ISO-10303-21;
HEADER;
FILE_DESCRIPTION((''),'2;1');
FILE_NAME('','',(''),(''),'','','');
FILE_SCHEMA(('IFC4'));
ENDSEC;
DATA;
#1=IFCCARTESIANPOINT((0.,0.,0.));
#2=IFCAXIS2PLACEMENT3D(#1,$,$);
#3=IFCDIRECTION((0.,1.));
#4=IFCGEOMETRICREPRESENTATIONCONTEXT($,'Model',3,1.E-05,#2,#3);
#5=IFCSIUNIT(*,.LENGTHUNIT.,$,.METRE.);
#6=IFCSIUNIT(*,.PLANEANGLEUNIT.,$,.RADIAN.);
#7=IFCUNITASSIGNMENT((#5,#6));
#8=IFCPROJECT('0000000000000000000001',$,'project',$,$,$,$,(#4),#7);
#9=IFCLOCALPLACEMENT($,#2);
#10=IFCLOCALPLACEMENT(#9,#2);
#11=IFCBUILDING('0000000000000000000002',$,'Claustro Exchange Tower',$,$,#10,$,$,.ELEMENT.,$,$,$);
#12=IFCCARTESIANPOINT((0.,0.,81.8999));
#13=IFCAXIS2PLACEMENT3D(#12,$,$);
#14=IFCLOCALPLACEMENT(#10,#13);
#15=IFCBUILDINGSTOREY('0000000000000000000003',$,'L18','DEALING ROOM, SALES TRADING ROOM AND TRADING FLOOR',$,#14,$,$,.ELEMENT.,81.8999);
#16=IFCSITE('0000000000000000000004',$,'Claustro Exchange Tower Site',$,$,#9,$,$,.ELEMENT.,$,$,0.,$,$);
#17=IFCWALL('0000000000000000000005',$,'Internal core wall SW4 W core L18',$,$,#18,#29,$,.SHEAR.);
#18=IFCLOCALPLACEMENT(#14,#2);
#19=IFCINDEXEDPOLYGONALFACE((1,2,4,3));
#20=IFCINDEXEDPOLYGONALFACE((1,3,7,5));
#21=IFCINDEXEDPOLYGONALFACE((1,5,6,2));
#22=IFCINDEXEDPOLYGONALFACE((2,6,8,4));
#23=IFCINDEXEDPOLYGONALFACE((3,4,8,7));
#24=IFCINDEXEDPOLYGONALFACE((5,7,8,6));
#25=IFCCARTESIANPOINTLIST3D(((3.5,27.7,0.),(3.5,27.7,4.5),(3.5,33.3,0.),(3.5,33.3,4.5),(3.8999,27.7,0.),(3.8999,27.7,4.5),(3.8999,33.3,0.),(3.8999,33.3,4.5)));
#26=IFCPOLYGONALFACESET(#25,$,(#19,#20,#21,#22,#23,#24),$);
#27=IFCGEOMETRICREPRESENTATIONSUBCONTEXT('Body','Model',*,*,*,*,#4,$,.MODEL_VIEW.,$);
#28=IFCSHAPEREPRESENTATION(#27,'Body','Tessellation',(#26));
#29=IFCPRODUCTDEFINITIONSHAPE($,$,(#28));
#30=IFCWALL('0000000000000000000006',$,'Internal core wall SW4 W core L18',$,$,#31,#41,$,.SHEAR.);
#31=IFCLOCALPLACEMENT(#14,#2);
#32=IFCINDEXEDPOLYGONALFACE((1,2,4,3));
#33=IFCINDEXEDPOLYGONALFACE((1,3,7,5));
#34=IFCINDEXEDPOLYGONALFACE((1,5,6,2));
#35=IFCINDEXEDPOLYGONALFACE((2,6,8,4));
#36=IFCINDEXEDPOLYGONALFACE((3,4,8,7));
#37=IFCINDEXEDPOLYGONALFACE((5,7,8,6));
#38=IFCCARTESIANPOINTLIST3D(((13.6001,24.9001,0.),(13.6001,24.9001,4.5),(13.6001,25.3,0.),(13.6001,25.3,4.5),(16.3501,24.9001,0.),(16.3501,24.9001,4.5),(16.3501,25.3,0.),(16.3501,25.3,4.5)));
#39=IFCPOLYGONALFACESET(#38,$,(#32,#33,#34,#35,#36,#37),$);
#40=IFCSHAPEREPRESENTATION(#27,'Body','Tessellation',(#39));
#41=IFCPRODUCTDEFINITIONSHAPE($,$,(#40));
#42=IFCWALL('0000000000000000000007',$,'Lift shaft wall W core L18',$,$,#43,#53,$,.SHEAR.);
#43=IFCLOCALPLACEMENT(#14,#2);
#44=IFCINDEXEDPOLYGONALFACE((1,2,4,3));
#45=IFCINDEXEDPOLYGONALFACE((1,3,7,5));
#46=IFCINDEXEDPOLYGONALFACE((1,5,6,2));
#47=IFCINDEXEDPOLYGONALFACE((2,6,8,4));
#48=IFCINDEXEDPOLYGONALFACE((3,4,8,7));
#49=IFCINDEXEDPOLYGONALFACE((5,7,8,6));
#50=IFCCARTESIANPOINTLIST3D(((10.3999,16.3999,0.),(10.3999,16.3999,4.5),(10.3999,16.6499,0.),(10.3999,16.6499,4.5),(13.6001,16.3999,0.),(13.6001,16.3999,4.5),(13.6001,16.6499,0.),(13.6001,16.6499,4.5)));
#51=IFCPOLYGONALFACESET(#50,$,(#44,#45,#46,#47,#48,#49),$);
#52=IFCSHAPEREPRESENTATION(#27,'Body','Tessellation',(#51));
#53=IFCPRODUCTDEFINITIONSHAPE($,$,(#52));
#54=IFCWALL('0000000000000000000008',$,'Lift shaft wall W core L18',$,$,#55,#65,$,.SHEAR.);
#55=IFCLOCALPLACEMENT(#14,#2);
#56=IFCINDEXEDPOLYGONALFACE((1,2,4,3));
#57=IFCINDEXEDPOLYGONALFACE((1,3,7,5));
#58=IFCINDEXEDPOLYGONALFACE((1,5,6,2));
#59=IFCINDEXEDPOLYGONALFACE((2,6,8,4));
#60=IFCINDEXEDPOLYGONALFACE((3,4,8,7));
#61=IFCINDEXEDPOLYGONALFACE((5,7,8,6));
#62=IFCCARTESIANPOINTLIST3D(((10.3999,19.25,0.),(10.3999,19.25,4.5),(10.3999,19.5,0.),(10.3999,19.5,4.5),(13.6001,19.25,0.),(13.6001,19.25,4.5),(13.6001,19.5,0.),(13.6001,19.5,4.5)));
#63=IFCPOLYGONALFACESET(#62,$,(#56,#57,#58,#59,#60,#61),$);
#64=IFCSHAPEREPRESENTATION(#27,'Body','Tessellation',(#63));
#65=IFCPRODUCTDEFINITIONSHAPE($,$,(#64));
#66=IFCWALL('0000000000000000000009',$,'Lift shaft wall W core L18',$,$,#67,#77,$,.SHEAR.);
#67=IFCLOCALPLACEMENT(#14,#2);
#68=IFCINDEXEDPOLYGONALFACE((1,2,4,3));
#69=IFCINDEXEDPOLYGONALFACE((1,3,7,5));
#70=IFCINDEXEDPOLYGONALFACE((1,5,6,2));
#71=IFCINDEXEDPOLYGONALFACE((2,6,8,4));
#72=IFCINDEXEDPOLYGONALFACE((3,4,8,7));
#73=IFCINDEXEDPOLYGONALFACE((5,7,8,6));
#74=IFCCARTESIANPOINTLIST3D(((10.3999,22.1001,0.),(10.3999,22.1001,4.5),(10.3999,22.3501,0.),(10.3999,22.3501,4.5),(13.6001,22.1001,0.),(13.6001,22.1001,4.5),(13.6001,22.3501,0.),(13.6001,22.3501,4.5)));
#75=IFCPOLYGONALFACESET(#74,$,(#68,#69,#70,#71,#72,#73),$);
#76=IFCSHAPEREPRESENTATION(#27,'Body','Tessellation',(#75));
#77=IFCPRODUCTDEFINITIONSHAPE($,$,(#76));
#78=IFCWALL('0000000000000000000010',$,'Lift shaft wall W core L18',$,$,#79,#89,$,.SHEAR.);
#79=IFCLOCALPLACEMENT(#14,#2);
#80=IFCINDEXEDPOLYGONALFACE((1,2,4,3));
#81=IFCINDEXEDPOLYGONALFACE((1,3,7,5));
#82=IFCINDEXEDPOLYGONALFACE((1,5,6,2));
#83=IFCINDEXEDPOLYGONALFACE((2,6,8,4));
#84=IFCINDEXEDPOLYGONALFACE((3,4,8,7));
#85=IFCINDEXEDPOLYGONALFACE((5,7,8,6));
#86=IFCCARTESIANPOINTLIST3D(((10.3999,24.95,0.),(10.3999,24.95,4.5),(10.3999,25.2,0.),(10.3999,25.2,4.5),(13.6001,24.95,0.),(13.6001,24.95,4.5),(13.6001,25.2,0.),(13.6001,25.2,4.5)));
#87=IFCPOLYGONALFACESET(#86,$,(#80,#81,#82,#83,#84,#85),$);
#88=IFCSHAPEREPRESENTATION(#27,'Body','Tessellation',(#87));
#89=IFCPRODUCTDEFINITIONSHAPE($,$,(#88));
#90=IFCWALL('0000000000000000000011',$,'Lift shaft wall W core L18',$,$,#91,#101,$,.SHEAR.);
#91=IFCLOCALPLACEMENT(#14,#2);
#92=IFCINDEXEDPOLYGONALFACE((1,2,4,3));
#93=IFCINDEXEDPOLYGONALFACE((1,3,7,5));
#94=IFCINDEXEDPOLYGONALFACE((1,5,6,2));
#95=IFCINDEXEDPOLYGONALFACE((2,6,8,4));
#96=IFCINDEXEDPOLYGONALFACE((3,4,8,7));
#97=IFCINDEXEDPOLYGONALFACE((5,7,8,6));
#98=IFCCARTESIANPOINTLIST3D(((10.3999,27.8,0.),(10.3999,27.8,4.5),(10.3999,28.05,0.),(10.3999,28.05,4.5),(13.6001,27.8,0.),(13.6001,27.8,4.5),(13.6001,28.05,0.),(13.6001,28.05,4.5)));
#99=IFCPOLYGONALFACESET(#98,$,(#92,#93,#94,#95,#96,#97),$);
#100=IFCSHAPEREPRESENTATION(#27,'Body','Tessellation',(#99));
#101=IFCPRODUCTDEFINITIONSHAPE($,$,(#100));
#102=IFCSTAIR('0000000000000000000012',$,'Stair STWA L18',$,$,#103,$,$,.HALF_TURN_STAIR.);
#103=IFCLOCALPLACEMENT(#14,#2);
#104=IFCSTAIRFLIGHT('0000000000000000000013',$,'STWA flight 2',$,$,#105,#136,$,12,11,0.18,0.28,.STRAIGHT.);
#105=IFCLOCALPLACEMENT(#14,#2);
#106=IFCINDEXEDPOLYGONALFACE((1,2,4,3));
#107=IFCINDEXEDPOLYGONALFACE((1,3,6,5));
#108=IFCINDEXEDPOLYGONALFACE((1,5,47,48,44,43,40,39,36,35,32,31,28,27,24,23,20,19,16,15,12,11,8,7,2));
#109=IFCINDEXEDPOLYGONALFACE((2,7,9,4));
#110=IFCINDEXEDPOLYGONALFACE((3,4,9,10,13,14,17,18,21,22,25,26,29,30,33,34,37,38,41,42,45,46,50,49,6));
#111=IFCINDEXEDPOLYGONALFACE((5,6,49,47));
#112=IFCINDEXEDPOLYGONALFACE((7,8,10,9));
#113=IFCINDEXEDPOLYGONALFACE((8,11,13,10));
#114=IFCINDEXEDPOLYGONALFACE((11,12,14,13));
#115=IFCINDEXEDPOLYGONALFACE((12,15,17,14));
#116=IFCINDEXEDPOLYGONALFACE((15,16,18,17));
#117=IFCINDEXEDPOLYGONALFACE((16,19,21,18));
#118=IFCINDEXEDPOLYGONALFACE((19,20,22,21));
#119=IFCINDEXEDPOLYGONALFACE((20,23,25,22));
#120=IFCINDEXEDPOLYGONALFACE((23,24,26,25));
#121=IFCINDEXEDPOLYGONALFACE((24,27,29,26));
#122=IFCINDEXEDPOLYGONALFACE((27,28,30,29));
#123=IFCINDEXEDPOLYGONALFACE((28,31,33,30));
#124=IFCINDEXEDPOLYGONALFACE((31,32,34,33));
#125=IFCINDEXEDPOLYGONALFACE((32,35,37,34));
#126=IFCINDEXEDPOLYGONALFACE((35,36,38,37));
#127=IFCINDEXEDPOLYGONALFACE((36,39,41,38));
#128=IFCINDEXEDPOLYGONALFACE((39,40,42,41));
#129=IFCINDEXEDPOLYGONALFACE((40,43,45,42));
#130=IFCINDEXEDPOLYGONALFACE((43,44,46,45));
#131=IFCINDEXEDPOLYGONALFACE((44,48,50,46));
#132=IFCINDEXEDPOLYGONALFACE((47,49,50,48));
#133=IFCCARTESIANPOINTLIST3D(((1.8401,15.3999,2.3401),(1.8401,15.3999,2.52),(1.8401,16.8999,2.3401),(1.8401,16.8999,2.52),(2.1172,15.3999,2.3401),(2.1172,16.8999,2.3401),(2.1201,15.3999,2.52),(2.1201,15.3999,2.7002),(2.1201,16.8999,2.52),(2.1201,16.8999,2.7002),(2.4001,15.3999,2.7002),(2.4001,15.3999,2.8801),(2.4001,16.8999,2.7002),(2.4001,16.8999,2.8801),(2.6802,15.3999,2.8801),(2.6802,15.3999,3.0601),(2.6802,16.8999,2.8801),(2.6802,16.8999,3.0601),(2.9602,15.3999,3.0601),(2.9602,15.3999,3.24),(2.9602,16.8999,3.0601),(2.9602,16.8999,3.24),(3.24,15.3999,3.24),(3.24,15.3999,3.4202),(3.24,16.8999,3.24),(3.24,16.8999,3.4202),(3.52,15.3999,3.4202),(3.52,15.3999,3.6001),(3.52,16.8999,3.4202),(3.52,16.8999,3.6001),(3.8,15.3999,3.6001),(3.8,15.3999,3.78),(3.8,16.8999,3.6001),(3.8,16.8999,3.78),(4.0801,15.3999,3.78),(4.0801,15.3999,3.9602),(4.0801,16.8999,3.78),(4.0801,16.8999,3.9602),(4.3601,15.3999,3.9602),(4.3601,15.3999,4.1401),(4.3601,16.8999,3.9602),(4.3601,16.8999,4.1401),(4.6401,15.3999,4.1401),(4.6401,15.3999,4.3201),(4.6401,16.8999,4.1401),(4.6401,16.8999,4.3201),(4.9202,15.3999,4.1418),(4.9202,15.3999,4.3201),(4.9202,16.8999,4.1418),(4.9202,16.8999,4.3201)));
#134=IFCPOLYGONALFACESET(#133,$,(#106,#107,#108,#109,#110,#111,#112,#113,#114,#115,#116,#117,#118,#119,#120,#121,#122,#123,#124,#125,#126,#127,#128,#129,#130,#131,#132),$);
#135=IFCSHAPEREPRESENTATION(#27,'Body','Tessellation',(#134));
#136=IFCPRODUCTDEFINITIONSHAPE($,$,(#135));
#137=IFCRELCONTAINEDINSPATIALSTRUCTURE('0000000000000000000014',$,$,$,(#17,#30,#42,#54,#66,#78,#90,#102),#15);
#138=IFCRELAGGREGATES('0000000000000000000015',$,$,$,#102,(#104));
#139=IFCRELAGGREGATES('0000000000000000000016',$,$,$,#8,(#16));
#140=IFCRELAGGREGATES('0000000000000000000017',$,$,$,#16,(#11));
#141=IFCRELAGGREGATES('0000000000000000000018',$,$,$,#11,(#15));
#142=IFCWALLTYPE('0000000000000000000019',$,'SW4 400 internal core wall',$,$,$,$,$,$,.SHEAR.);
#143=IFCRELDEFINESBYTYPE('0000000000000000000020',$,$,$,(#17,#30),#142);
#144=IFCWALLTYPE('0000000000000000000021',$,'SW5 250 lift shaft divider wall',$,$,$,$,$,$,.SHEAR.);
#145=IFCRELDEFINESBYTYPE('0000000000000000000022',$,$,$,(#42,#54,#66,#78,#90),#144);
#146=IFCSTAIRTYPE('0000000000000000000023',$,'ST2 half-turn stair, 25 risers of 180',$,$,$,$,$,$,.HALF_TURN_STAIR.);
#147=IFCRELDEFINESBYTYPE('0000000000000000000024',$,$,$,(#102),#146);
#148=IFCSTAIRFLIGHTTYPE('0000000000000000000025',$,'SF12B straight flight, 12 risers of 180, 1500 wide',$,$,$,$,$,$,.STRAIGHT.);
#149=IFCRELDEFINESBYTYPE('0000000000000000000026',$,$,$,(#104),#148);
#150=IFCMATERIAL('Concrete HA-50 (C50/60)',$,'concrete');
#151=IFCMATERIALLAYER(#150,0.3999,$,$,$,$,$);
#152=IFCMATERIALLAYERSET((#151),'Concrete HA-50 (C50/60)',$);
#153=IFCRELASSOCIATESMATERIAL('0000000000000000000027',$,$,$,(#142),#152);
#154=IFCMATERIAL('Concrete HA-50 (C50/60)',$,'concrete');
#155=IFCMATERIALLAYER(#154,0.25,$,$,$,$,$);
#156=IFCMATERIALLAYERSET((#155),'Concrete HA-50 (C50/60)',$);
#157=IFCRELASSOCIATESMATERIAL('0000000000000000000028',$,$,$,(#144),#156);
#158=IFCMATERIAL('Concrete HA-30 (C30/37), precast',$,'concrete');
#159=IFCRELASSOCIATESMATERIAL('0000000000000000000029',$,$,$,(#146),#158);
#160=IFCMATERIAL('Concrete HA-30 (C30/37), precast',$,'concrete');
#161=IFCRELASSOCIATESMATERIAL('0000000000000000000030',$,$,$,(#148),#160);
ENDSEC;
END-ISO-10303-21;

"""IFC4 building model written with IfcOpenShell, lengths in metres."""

from ifc_helpers import new_model, si_unit, direction, frame, frame_2d, origin, place, context, subcontext, project, spatial, polyline, rectangle, outline, extrude, material, layer, layer_set, type_object, element, aggregate, save


model = new_model("IFC4")

# Units and contexts
model_context = context("Model", 3, precision=1e-05, world=origin(), true_north=direction((0.0, 1.0)))
body_context = subcontext(model_context, "Body", "Model", "MODEL_VIEW")
ifc_project = project(units=[si_unit("LENGTHUNIT", "METRE"), si_unit("PLANEANGLEUNIT", "RADIAN")], contexts=[model_context])

# Site, building, storey
site_placement = place(None, origin())
site = spatial("IfcSite", under=ifc_project, at=site_placement, Name="Claustro Exchange Tower Site", CompositionType="ELEMENT", RefElevation=0.0)
building_placement = place(site_placement, origin())
building = spatial("IfcBuilding", under=site, at=building_placement, Name="Claustro Exchange Tower", CompositionType="ELEMENT")
storey_placement = place(building_placement, frame((0.0, 0.0, 81.8999)))
storey = spatial("IfcBuildingStorey", under=building, at=storey_placement, Name="L18", Description="DEALING ROOM, SALES TRADING ROOM AND TRADING FLOOR", CompositionType="ELEMENT", Elevation=81.8999)

# Walls
ifc_material_1 = material(Name="Concrete HA-50 (C50/60)", Category="concrete")
ifc_layer_1 = layer(ifc_material_1, 0.3999)
ifc_layer_set_1 = layer_set([ifc_layer_1], Name="Concrete HA-50 (C50/60)")
wall_type_1 = type_object("IfcWallType", Name="SW4 400 internal core wall", PredefinedType="SHEAR", material=ifc_layer_set_1)
wall_1_placement = place(storey_placement, frame((3.7, 27.7, 0.0), z_axis=(0.0, 0.0, 1.0), x_axis=(0.0, 1.0, 0.0)))
element("IfcWall", 1, at=wall_1_placement, inside=storey, type_object=wall_type_1, Name="Internal core wall SW4 W core L18", PredefinedType="SHEAR", context=body_context, shape_type="SweptSolid", body=[
    extrude(rectangle(XDim=5.6001, YDim=0.3999, at=frame_2d((2.8, 0.0))), origin(), (0.0, 0.0, 1.0), 4.5),
])
wall_2_placement = place(storey_placement, frame((13.6001, 25.1001, 0.0), z_axis=(0.0, 0.0, 1.0), x_axis=(1.0, 0.0, 0.0)))
element("IfcWall", 2, at=wall_2_placement, inside=storey, type_object=wall_type_1, Name="Internal core wall SW4 W core L18", PredefinedType="SHEAR", context=body_context, shape_type="SweptSolid", body=[
    extrude(rectangle(XDim=2.75, YDim=0.3999, at=frame_2d((1.375, 0.0))), origin(), (0.0, 0.0, 1.0), 4.5),
])
ifc_material_2 = material(Name="Concrete HA-50 (C50/60)", Category="concrete")
ifc_layer_2 = layer(ifc_material_2, 0.25)
ifc_layer_set_2 = layer_set([ifc_layer_2], Name="Concrete HA-50 (C50/60)")
wall_type_2 = type_object("IfcWallType", Name="SW5 250 lift shaft divider wall", PredefinedType="SHEAR", material=ifc_layer_set_2)
for number, where, z_axis, x_axis, name in (
    (3, (10.3999, 16.5249, 0.0), (0.0, 0.0, 1.0), (1.0, 0.0, 0.0), "Lift shaft wall W core L18"),
    (4, (10.3999, 19.375, 0.0), (0.0, 0.0, 1.0), (1.0, 0.0, 0.0), "Lift shaft wall W core L18"),
    (5, (10.3999, 22.2251, 0.0), (0.0, 0.0, 1.0), (1.0, 0.0, 0.0), "Lift shaft wall W core L18"),
    (6, (10.3999, 25.075, 0.0), (0.0, 0.0, 1.0), (1.0, 0.0, 0.0), "Lift shaft wall W core L18"),
    (7, (10.3999, 27.925, 0.0), (0.0, 0.0, 1.0), (1.0, 0.0, 0.0), "Lift shaft wall W core L18"),
):
    element("IfcWall", number, at=place(storey_placement, frame(where, z_axis=z_axis, x_axis=x_axis)), inside=storey, type_object=wall_type_2, Name=name, PredefinedType="SHEAR", context=body_context, shape_type="SweptSolid", body=[
        extrude(rectangle(XDim=3.2002, YDim=0.25, at=frame_2d((1.6001, 0.0))), origin(), (0.0, 0.0, 1.0), 4.5),
    ])

# Stair, stair flight
ifc_material_3 = material(Name="Concrete HA-30 (C30/37), precast", Category="concrete")
stair_type = type_object("IfcStairType", Name="ST2 half-turn stair, 25 risers of 180", PredefinedType="HALF_TURN_STAIR", material=ifc_material_3)
stair_placement = place(storey_placement, origin())
stair = element("IfcStair", 8, at=stair_placement, inside=storey, type_object=stair_type, Name="Stair STWA L18", PredefinedType="HALF_TURN_STAIR")
ifc_material_4 = material(Name="Concrete HA-30 (C30/37), precast", Category="concrete")
stair_flight_type = type_object("IfcStairFlightType", Name="SF12B straight flight, 12 risers of 180, 1500 wide", PredefinedType="STRAIGHT", material=ifc_material_4)
stair_flight_placement = place(storey_placement, frame((1.8401, 16.1499, 2.3401), z_axis=(0.0, 0.0, 1.0), x_axis=(1.0, 0.0, 0.0)))
stair_flight = element("IfcStairFlight", 9, at=stair_flight_placement, type_object=stair_flight_type, Name="STWA flight 2", NumberOfRisers=12, NumberOfTreads=11, PredefinedType="STRAIGHT", RiserHeight=0.18, TreadLength=0.28, context=body_context, shape_type="SweptSolid", body=[
    extrude(outline(polyline([(0.0, 0.0), (0.0, 0.1799), (0.28, 0.1799), (0.28, 0.3601), (0.5601, 0.3601), (0.5601, 0.54), (0.8401, 0.54), (0.8401, 0.72), (1.1201, 0.72), (1.1201, 0.8999), (1.3999, 0.8999), (1.3999, 1.0801), (1.6799, 1.0801), (1.6799, 1.26), (1.96, 1.26), (1.96, 1.4399), (2.24, 1.4399), (2.24, 1.6201), (2.52, 1.6201), (2.52, 1.8), (2.8, 1.8), (2.8, 1.98), (3.0801, 1.98), (3.0801, 2.1599), (3.0801, 1.8018), (0.2771, 0.0), (0.0, 0.0)])), frame((0.0, 0.75, 0.0), z_axis=(0.0, -1.0, 0.0), x_axis=(1.0, 0.0, 0.0)), (0.0, 0.0, 1.0), 1.5),
])
aggregate(stair, [stair_flight])

save(model, "model.ifc")
